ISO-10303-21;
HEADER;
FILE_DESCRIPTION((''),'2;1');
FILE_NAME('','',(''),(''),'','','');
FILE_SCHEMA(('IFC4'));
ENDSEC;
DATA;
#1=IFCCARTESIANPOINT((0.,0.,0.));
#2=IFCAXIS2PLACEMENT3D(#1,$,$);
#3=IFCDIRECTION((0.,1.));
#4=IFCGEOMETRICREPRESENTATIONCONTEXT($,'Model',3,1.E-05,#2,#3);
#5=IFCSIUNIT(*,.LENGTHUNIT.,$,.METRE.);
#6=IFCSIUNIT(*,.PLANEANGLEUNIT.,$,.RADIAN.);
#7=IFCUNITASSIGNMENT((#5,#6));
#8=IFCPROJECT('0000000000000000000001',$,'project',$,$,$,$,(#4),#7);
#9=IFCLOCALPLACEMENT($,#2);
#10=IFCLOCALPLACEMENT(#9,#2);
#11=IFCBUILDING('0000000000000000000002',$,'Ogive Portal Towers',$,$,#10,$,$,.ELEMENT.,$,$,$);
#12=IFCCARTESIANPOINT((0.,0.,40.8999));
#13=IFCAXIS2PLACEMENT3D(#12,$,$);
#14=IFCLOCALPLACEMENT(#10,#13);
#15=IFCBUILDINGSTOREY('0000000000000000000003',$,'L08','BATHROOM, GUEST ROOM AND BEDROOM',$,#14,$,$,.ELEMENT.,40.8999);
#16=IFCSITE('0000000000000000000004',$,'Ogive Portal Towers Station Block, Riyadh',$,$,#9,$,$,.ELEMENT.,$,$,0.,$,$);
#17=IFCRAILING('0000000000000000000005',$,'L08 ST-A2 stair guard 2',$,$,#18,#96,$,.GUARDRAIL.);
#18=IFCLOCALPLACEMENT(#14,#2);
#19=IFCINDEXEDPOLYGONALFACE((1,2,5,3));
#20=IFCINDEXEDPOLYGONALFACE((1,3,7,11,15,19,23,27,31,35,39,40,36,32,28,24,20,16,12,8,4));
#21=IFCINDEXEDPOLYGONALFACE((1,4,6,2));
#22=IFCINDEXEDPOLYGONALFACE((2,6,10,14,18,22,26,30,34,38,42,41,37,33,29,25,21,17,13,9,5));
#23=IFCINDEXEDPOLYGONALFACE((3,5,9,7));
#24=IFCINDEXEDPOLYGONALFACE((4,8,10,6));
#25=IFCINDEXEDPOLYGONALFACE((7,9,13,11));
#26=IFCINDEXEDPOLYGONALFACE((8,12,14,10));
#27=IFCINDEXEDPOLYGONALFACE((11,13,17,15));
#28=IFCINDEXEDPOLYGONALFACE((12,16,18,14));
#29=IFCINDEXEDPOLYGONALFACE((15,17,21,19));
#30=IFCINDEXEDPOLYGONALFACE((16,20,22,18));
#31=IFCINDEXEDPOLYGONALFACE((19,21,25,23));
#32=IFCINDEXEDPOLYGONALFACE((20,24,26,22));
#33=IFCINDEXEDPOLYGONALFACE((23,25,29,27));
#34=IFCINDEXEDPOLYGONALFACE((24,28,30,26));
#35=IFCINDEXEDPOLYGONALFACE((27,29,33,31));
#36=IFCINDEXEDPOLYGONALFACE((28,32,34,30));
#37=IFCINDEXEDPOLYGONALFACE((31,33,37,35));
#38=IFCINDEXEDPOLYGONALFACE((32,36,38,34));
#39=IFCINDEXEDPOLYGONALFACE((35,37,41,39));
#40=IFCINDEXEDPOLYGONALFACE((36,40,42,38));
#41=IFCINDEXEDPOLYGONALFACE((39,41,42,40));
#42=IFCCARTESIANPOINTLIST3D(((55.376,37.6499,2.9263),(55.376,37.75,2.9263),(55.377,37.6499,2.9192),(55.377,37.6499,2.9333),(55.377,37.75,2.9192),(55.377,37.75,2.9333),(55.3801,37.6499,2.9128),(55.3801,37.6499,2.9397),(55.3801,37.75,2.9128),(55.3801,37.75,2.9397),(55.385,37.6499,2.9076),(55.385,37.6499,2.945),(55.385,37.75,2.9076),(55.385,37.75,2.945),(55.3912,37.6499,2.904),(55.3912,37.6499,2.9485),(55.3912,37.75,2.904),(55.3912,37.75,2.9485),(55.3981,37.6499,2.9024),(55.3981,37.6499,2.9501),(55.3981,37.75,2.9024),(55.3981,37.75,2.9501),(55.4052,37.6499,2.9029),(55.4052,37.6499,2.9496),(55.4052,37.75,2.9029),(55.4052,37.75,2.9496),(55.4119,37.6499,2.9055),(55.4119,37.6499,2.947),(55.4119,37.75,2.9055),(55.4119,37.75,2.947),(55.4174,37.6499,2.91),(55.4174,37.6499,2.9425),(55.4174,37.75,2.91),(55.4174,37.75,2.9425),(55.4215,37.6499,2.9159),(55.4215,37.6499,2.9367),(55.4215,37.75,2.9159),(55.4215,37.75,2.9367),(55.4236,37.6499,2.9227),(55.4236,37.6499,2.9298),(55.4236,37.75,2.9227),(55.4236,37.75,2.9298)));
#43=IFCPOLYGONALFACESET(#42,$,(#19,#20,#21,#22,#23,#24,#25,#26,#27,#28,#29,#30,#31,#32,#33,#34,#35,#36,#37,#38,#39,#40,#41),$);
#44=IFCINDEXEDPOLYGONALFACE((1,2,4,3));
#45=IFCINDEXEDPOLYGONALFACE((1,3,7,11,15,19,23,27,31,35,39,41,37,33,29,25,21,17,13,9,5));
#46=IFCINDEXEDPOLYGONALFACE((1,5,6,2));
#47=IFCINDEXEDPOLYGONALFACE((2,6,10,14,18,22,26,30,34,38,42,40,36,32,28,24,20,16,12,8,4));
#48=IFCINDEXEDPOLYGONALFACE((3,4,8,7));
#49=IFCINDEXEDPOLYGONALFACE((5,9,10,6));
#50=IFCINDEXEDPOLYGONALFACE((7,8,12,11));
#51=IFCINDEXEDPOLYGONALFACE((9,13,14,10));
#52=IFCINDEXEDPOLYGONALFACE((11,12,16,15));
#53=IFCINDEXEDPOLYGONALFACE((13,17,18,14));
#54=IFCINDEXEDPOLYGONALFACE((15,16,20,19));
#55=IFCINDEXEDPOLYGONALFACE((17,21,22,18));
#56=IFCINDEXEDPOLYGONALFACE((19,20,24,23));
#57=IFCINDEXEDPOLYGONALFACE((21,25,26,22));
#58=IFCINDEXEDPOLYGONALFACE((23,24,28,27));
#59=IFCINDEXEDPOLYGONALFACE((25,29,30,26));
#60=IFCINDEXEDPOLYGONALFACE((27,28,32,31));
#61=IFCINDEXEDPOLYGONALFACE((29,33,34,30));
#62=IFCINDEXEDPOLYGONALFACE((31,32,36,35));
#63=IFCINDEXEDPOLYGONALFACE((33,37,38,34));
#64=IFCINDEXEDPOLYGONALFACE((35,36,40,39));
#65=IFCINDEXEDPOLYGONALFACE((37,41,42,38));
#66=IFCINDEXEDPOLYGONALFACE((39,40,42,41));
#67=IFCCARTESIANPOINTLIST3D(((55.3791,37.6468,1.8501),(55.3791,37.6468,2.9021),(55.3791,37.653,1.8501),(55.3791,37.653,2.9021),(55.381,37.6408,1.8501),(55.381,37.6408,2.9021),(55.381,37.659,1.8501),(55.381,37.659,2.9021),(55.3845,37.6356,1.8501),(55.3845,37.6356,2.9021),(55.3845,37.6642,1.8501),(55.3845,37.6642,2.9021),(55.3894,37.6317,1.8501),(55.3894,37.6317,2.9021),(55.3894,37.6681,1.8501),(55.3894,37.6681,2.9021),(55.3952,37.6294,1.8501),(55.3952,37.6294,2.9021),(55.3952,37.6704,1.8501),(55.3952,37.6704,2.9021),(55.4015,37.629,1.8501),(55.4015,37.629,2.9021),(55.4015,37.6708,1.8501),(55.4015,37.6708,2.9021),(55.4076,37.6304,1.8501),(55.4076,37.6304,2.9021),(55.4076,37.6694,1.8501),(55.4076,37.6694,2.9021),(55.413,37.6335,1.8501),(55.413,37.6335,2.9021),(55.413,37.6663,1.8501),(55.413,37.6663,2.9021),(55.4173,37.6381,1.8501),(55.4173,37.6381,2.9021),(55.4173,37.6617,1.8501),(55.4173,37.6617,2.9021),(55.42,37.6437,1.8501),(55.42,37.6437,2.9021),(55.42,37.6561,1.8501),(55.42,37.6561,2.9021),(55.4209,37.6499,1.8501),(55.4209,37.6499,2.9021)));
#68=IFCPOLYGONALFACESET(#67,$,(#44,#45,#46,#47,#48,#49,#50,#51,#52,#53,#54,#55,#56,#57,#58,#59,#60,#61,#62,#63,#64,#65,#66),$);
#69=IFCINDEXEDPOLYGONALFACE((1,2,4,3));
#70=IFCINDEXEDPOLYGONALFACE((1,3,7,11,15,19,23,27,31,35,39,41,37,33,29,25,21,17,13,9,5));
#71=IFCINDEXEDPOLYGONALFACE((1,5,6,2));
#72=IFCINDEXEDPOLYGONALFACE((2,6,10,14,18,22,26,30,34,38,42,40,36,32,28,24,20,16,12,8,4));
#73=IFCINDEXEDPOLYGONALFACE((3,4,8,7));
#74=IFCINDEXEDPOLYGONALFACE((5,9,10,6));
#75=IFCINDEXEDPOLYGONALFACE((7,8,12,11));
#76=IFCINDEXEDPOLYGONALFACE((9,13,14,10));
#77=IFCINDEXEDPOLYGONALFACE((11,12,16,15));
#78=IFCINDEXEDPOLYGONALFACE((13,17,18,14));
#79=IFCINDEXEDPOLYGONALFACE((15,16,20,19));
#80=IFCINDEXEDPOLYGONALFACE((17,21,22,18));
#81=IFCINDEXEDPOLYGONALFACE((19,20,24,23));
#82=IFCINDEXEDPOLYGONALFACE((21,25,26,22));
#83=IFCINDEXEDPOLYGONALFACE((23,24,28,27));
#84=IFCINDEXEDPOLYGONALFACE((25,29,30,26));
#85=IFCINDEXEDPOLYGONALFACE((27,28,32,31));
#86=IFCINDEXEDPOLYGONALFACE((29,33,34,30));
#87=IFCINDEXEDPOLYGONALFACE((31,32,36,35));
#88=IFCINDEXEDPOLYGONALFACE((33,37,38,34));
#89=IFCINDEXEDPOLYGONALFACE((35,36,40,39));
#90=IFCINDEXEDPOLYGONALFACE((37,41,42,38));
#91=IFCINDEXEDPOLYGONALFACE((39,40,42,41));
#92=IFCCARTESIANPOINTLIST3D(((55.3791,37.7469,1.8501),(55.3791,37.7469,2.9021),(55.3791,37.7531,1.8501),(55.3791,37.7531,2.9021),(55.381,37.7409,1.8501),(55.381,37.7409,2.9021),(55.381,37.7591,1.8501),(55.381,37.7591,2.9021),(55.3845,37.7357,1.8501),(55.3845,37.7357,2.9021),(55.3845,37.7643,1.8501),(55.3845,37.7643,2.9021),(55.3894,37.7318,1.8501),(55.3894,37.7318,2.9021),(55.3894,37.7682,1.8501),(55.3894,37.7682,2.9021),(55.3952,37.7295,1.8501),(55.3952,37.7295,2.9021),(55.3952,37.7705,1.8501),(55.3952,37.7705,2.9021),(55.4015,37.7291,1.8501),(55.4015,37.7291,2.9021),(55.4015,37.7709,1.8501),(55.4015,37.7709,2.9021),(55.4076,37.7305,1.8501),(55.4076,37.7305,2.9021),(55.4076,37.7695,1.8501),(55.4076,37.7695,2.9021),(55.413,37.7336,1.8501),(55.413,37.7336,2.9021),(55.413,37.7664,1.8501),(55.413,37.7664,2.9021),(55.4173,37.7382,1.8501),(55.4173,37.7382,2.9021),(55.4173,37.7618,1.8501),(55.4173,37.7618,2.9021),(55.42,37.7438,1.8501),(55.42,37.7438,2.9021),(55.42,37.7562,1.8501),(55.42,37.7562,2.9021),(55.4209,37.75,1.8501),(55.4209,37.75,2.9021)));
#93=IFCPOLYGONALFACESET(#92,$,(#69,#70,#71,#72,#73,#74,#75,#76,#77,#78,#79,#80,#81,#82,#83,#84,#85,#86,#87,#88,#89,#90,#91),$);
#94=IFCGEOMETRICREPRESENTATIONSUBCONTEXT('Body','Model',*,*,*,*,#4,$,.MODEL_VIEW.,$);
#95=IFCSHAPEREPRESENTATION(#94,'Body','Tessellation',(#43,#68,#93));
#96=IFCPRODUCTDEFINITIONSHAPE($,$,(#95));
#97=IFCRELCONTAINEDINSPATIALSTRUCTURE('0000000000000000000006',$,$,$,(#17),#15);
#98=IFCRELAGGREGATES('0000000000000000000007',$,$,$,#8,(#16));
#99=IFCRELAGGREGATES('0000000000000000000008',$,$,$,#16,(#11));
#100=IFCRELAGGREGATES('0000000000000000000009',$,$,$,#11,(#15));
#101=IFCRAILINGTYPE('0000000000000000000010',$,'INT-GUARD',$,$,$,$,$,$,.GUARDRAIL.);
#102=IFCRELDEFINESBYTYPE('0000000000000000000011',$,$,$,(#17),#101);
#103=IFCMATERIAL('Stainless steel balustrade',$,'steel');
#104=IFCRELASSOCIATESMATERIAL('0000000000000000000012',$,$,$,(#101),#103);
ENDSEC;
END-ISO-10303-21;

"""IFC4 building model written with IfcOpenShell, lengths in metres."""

from ifc_helpers import new_model, si_unit, direction, frame, origin, origin_2d, place, context, subcontext, project, spatial, circle, extrude, material, type_object, element, save


model = new_model("IFC4")

# Units and contexts
model_context = context("Model", 3, precision=1e-05, world=origin(), true_north=direction((0.0, 1.0)))
body_context = subcontext(model_context, "Body", "Model", "MODEL_VIEW")
ifc_project = project(units=[si_unit("LENGTHUNIT", "METRE"), si_unit("PLANEANGLEUNIT", "RADIAN")], contexts=[model_context])

# Site, building, storey
site_placement = place(None, origin())
site = spatial("IfcSite", under=ifc_project, at=site_placement, Name="Ogive Portal Towers Station Block, Riyadh", CompositionType="ELEMENT", RefElevation=0.0)
building_placement = place(site_placement, origin())
building = spatial("IfcBuilding", under=site, at=building_placement, Name="Ogive Portal Towers", CompositionType="ELEMENT")
storey_placement = place(building_placement, frame((0.0, 0.0, 40.8999)))
storey = spatial("IfcBuildingStorey", under=building, at=storey_placement, Name="L08", Description="BATHROOM, GUEST ROOM AND BEDROOM", CompositionType="ELEMENT", Elevation=40.8999)

# Railing
ifc_material_1 = material(Name="Stainless steel balustrade", Category="steel")
railing_type_1 = type_object("IfcRailingType", Name="INT-GUARD", PredefinedType="GUARDRAIL", material=ifc_material_1)
railing_1_placement = place(storey_placement, frame((55.3999, 37.6499, 1.8501)))
element("IfcRailing", 1, at=railing_1_placement, inside=storey, type_object=railing_type_1, Name="L08 ST-A2 stair guard 2", PredefinedType="GUARDRAIL", context=body_context, shape_type="SweptSolid", body=[
    extrude(circle(Radius=0.0239, at=origin_2d()), frame((0.0, 0.0, 1.0762), z_axis=(0.0, 1.0, 0.0), x_axis=(-1.0, 0.0, 0.0)), (0.0, 0.0, 1.0), 0.1001),
    extrude(circle(Radius=0.021, at=origin_2d()), origin(), (0.0, 0.0, 1.0), 1.052),
    extrude(circle(Radius=0.021, at=origin_2d()), frame((0.0, 0.1001, 0.0)), (0.0, 0.0, 1.0), 1.052),
])

save(model, "model.ifc")
